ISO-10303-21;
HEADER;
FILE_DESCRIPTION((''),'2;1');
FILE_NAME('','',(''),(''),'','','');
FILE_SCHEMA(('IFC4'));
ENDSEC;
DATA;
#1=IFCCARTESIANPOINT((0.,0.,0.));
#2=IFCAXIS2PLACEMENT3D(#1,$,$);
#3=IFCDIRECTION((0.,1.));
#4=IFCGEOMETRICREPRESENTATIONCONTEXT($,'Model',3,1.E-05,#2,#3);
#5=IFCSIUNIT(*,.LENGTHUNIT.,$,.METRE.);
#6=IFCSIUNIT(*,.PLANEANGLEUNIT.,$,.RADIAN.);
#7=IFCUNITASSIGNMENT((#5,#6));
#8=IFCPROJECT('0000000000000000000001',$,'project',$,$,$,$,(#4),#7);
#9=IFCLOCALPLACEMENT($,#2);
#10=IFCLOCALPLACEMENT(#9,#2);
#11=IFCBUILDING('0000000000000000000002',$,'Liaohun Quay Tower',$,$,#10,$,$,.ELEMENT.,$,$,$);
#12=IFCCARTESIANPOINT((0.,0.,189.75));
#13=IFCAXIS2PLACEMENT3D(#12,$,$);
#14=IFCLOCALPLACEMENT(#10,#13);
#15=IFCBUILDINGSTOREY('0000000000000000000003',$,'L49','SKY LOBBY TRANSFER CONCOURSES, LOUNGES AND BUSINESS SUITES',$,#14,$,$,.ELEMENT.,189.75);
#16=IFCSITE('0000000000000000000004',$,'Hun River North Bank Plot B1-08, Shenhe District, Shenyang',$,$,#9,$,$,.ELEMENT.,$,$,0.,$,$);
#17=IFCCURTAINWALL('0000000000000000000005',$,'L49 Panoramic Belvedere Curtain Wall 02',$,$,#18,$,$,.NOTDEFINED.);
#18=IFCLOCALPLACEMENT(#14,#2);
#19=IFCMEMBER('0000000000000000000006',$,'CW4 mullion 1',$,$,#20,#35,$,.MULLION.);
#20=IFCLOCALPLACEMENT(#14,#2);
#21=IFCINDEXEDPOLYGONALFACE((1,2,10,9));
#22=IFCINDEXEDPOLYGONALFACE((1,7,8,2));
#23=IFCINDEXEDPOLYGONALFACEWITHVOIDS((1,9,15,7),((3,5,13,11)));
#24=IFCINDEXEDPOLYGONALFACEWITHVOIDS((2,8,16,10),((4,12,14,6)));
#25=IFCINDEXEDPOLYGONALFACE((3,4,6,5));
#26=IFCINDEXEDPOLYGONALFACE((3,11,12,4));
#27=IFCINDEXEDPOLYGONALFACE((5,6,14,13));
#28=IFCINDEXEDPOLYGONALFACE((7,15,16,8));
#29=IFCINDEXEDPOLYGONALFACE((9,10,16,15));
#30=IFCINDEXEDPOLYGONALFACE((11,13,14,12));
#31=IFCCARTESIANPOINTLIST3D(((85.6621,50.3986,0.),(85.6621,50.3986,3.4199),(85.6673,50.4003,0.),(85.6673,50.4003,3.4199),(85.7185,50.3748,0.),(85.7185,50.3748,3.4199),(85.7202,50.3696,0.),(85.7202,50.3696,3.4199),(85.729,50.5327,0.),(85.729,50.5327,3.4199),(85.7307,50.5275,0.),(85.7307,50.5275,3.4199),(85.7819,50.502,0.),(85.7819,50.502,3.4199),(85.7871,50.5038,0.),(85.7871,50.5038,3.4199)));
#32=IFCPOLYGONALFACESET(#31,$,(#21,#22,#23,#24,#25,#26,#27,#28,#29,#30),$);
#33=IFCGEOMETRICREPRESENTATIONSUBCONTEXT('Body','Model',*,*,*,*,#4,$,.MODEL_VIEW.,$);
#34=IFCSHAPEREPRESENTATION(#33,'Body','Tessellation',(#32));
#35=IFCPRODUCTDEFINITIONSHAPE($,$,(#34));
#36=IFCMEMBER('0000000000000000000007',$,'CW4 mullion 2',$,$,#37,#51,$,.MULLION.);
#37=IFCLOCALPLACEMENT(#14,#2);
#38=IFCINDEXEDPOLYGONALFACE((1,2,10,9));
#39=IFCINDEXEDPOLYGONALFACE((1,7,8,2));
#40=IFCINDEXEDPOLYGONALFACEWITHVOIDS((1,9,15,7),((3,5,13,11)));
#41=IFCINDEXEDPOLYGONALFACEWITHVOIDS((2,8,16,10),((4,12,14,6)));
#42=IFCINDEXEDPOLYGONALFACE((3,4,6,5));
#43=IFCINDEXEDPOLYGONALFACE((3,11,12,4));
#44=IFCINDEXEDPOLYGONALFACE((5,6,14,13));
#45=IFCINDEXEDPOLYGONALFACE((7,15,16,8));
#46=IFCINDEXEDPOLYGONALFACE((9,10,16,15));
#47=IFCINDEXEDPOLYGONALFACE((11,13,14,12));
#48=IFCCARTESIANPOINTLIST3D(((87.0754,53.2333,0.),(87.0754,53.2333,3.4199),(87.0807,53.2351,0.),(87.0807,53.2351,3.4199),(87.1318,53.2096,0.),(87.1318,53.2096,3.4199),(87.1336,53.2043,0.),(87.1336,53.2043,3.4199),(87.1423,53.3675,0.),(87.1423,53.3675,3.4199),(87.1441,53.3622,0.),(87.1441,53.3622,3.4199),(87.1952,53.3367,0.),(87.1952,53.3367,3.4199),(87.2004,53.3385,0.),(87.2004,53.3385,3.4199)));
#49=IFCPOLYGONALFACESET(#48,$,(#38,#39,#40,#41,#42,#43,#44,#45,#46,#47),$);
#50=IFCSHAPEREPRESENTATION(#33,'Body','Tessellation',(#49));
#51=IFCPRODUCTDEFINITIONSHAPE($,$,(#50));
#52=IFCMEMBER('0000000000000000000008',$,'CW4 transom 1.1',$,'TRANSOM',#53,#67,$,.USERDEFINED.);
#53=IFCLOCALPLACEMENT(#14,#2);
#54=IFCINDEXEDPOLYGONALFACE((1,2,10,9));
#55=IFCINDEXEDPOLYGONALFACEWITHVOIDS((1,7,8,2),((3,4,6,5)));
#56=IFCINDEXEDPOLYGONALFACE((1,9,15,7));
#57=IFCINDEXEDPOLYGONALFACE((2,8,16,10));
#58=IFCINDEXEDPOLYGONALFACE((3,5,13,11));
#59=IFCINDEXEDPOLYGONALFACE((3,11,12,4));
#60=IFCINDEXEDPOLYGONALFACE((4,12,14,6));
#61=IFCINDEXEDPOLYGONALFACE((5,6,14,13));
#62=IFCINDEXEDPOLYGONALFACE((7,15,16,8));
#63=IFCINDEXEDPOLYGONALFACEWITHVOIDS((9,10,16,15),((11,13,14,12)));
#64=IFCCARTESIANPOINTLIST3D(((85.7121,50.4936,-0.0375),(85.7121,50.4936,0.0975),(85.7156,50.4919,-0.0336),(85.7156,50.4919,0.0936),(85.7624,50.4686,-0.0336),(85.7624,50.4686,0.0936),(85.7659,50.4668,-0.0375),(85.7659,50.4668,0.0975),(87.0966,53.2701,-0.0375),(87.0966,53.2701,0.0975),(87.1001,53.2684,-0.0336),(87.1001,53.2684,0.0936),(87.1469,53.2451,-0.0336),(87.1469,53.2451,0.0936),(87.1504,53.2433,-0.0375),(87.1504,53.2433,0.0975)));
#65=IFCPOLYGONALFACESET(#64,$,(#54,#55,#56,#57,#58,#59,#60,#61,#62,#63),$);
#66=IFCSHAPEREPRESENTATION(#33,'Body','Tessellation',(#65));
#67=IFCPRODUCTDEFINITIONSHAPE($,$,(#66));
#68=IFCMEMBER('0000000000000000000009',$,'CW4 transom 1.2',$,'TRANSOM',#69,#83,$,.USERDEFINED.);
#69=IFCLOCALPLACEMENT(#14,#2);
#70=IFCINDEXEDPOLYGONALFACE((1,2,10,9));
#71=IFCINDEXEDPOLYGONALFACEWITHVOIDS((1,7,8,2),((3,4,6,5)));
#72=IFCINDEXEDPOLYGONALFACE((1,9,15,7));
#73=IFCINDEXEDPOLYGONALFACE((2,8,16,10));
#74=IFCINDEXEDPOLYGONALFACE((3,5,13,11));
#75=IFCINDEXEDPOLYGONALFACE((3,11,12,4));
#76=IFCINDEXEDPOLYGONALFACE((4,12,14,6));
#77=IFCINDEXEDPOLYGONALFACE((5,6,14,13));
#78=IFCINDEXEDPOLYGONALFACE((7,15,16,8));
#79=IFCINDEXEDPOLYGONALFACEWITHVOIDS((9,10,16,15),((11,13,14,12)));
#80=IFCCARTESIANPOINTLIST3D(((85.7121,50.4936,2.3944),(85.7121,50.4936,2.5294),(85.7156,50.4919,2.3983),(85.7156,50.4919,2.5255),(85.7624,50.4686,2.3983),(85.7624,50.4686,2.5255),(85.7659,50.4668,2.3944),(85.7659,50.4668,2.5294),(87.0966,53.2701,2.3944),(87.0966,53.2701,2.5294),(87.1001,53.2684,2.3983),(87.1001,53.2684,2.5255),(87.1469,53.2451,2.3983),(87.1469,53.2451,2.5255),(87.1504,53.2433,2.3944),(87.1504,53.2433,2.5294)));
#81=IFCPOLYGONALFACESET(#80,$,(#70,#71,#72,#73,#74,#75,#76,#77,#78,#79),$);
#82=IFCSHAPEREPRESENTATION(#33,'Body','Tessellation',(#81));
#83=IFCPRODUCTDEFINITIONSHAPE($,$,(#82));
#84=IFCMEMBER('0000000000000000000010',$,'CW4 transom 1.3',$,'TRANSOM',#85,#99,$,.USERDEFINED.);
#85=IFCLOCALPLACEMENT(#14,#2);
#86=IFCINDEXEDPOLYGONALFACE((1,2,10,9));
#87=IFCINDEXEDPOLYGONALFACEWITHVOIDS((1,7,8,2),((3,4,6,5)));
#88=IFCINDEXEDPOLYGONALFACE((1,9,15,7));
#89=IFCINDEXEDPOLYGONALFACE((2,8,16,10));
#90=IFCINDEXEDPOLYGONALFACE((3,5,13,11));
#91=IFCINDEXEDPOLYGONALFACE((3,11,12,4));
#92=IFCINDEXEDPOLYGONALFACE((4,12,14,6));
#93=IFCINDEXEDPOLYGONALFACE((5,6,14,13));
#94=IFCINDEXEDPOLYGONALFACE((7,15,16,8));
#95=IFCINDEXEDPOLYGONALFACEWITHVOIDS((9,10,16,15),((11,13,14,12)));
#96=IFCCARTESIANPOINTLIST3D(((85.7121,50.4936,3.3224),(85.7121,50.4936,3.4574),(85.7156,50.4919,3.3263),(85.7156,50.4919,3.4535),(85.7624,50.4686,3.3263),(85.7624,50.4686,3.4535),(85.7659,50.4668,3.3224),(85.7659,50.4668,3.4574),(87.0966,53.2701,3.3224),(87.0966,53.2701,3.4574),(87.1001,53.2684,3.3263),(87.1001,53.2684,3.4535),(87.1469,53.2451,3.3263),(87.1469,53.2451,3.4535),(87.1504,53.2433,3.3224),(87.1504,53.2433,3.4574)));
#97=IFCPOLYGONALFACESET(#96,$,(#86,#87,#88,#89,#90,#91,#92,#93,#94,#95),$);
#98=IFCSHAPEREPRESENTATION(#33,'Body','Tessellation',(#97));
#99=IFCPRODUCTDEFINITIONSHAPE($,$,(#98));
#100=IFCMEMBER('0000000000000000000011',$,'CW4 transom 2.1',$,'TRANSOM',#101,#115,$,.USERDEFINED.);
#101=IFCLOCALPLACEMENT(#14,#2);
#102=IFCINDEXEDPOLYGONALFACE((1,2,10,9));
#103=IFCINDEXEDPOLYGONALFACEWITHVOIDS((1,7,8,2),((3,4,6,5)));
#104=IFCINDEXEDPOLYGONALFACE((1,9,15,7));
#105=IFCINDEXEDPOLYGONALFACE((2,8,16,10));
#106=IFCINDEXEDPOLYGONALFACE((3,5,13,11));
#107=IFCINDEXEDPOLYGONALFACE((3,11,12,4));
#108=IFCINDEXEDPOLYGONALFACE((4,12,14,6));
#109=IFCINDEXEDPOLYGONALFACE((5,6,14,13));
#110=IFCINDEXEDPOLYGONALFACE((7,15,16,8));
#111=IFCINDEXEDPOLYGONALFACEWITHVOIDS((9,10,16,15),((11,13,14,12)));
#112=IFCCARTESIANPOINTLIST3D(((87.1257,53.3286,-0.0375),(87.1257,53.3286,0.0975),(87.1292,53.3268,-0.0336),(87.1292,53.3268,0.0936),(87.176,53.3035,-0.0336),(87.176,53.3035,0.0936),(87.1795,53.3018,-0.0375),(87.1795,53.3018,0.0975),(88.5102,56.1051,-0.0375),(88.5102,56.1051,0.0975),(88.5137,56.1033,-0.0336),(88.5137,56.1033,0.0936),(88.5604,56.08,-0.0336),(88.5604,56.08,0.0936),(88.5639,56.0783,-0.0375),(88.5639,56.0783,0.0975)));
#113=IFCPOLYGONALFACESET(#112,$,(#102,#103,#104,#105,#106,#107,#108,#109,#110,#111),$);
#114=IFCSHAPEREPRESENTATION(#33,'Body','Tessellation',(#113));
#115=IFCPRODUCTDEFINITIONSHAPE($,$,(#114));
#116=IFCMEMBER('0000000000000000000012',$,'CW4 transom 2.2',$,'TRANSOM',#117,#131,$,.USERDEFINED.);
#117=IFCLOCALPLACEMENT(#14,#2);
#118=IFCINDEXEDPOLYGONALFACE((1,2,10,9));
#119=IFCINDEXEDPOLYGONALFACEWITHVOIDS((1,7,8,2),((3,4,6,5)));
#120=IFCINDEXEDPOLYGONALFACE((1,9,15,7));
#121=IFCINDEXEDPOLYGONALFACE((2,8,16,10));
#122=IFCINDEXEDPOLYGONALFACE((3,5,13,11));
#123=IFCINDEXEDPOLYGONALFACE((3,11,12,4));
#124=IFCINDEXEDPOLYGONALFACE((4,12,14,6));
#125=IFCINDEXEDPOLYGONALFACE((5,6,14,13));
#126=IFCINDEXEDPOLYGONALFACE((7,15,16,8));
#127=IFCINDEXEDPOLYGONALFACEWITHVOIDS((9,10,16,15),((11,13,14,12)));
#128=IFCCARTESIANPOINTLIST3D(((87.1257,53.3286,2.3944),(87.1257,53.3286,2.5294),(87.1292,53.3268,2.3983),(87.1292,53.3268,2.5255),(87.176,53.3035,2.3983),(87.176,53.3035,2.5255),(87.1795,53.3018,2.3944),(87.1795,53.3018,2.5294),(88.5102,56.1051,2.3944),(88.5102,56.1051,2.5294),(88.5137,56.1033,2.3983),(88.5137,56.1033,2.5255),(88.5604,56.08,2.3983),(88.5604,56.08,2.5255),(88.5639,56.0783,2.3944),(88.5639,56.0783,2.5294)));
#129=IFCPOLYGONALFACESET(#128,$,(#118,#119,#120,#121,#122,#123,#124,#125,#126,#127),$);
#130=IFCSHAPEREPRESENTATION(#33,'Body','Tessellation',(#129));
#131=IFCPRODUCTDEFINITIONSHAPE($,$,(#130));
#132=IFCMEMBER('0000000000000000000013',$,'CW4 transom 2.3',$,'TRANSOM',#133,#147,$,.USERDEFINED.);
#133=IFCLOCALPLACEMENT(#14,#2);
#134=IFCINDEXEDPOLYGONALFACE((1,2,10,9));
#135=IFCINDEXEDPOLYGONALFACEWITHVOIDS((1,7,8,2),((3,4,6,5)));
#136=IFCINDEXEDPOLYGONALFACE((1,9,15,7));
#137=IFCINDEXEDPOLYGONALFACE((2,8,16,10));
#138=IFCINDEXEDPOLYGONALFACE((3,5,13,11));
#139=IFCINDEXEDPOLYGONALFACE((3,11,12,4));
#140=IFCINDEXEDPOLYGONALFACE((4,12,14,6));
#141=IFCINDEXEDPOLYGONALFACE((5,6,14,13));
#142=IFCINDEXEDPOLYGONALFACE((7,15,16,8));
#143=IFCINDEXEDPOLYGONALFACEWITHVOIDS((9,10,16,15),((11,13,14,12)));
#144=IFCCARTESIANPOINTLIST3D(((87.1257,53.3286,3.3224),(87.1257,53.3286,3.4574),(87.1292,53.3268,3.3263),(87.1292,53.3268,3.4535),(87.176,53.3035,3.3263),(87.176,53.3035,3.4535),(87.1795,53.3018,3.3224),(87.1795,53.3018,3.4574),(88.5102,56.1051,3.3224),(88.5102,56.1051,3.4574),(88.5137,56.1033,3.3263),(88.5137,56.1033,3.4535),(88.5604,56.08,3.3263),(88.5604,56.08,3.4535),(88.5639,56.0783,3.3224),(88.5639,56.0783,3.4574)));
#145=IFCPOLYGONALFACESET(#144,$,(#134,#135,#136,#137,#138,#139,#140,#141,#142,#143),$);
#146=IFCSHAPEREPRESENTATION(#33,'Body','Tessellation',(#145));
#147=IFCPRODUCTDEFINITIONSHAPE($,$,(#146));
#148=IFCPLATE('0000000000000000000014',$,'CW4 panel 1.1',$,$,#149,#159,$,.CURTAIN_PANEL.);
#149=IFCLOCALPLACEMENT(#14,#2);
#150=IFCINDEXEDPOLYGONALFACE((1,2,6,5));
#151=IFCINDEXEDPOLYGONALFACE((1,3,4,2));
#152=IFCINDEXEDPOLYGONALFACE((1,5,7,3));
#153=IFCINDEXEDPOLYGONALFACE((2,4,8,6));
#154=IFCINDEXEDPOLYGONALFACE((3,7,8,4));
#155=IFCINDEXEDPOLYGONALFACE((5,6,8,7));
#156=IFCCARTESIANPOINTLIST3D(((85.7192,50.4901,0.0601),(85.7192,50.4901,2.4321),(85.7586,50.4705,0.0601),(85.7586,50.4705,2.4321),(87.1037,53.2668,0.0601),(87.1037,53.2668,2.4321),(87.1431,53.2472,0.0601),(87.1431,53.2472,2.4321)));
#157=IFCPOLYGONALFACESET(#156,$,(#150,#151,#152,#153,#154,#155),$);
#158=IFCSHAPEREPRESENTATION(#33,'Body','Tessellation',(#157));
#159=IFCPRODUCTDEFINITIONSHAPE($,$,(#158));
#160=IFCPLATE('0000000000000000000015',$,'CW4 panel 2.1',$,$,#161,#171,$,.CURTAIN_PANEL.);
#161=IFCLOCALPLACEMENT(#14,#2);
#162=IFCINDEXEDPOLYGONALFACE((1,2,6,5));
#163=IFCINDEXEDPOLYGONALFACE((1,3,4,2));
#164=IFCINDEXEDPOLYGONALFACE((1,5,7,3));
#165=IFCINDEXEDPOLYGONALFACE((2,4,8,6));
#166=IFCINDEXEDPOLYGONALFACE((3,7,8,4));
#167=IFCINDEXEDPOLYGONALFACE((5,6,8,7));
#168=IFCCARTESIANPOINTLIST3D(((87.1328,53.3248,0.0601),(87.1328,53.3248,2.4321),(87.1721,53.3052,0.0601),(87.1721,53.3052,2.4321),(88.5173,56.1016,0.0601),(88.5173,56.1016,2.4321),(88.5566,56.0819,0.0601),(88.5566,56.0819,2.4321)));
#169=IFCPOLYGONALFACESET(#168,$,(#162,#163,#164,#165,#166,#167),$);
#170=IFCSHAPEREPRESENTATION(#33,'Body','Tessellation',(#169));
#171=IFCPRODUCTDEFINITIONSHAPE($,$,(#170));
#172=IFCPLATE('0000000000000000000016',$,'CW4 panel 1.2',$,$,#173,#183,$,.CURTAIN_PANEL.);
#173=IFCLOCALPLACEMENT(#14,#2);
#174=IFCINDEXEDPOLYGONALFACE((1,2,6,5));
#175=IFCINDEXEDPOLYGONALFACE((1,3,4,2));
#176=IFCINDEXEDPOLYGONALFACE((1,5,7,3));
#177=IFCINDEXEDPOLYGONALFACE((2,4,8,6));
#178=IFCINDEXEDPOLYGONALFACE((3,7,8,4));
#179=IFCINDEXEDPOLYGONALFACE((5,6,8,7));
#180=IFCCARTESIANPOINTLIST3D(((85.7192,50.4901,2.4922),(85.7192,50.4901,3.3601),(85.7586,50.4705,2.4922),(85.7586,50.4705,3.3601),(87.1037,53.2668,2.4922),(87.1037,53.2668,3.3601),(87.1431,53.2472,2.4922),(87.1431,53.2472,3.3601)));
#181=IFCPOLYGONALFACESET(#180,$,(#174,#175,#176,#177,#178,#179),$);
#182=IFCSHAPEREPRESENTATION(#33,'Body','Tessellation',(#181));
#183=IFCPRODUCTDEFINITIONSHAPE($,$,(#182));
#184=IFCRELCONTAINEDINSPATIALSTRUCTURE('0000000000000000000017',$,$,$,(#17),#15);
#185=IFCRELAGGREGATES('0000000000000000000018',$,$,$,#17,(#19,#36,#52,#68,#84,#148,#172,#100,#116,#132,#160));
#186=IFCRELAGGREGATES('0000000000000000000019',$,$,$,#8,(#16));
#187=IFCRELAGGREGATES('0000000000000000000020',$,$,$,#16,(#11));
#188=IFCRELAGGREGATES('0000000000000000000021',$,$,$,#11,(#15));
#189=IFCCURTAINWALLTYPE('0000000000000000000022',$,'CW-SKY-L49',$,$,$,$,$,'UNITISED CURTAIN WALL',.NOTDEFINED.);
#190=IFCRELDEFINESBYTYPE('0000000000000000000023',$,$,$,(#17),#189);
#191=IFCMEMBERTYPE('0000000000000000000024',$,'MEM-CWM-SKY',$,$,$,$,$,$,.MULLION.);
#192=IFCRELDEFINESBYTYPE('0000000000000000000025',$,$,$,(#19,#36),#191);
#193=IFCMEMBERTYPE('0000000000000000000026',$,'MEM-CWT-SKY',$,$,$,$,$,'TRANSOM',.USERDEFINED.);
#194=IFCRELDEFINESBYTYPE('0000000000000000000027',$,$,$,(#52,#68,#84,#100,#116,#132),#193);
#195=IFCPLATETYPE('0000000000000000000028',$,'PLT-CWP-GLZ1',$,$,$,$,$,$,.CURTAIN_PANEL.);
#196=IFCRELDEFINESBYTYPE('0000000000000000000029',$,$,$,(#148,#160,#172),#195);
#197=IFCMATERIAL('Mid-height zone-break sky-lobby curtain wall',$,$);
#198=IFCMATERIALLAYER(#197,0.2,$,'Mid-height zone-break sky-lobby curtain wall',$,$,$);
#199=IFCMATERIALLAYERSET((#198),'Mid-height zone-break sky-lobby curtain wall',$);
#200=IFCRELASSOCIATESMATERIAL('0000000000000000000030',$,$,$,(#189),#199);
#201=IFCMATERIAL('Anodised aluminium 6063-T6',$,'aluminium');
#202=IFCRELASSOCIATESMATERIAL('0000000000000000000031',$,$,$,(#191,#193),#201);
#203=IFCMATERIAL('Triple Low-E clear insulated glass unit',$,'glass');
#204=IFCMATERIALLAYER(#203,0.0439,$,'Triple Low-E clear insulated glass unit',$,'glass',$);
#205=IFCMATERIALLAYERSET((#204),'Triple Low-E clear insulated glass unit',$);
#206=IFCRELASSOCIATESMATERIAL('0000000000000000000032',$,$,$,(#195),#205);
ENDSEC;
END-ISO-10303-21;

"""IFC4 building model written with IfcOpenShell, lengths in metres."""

from ifc_helpers import new_model, si_unit, direction, frame, origin, origin_2d, place, context, subcontext, project, spatial, rectangle, hollow_rectangle, extrude, source, transform, mapped, material, layer, layer_set, material_profile, profile_set, type_object, element, aggregate, save


model = new_model("IFC4")

# Units and contexts
model_context = context("Model", 3, precision=1e-05, world=origin(), true_north=direction((0.0, 1.0)))
body_context = subcontext(model_context, "Body", "Model", "MODEL_VIEW")
ifc_project = project(units=[si_unit("LENGTHUNIT", "METRE"), si_unit("PLANEANGLEUNIT", "RADIAN")], contexts=[model_context])

# Site, building, storey
site_placement = place(None, origin())
site = spatial("IfcSite", under=ifc_project, at=site_placement, Name="Hun River North Bank Plot B1-08, Shenhe District, Shenyang", CompositionType="ELEMENT", RefElevation=0.0)
building_placement = place(site_placement, origin())
building = spatial("IfcBuilding", under=site, at=building_placement, Name="Liaohun Quay Tower", CompositionType="ELEMENT")
storey_placement = place(building_placement, frame((0.0, 0.0, 189.75)))
storey = spatial("IfcBuildingStorey", under=building, at=storey_placement, Name="L49", Description="SKY LOBBY TRANSFER CONCOURSES, LOUNGES AND BUSINESS SUITES", CompositionType="ELEMENT", Elevation=189.75)

# Curtain wall, members, plates
ifc_material_1 = material(Name="Mid-height zone-break sky-lobby curtain wall")
ifc_layer_1 = layer(ifc_material_1, 0.2, Name="Mid-height zone-break sky-lobby curtain wall")
ifc_layer_set_1 = layer_set([ifc_layer_1], Name="Mid-height zone-break sky-lobby curtain wall")
curtain_wall_type = type_object("IfcCurtainWallType", Name="CW-SKY-L49", ElementType="UNITISED CURTAIN WALL", PredefinedType="NOTDEFINED", material=ifc_layer_set_1)
curtain_wall_placement = place(storey_placement, origin())
curtain_wall = element("IfcCurtainWall", 1, at=curtain_wall_placement, inside=storey, type_object=curtain_wall_type, Name="L49 Panoramic Belvedere Curtain Wall 02", PredefinedType="NOTDEFINED")
ifc_material_2 = material(Name="Anodised aluminium 6063-T6", Category="aluminium")
ifc_material_profile_1 = material_profile(ifc_material_2, hollow_rectangle(XDim=0.0649, YDim=0.1499, WallThickness=0.0039, at=origin_2d()), Name="RHS150x65x4")
ifc_profile_set_1 = profile_set([ifc_material_profile_1], Name="Anodised aluminium 6063-T6")
member_type_1 = type_object("IfcMemberType", Name="MEM-CWM-SKY", PredefinedType="MULLION", material=ifc_profile_set_1)
shared_shape_1 = source(origin(), body_context, "Body", "SweptSolid", [
    extrude(hollow_rectangle(XDim=0.0649, YDim=0.1499, WallThickness=0.0039, at=origin_2d()), origin(), (0.0, 0.0, 1.0), 3.4199),
])
member_1_placement = place(storey_placement, frame((85.7246, 50.4512, 0.0), z_axis=(0.0, 0.0, 1.0), x_axis=(-0.894927, 0.446213, 0.0)))
member_1 = element("IfcMember", 2, at=member_1_placement, type_object=member_type_1, Name="CW4 mullion 1", PredefinedType="MULLION", context=body_context, shape_type="MappedRepresentation", body=[
    mapped(shared_shape_1, transform((0.0, 0.0, 0.0), x_axis=(1.0, 0.0, 0.0), y_axis=(0.0, 1.0, 0.0), z_axis=(0.0, 0.0, 1.0), scale=1.0)),
])
member_2_placement = place(storey_placement, frame((87.1379, 53.2859, 0.0), z_axis=(0.0, 0.0, 1.0), x_axis=(-0.894927, 0.446213, 0.0)))
member_2 = element("IfcMember", 3, at=member_2_placement, type_object=member_type_1, Name="CW4 mullion 2", PredefinedType="MULLION", context=body_context, shape_type="MappedRepresentation", body=[
    mapped(shared_shape_1, transform((0.0, 0.0, 0.0), x_axis=(1.0, 0.0, 0.0), y_axis=(0.0, 1.0, 0.0), z_axis=(0.0, 0.0, 1.0), scale=1.0)),
])
ifc_material_profile_2 = material_profile(ifc_material_2, hollow_rectangle(XDim=0.0601, YDim=0.135, WallThickness=0.0039, at=origin_2d()), Name="RHS135x60x4")
ifc_profile_set_2 = profile_set([ifc_material_profile_2], Name="Anodised aluminium 6063-T6")
member_type_2 = type_object("IfcMemberType", Name="MEM-CWT-SKY", ElementType="TRANSOM", PredefinedType="USERDEFINED", material=ifc_profile_set_2)
shared_shape_2 = source(origin(), body_context, "Body", "SweptSolid", [
    extrude(hollow_rectangle(XDim=0.0601, YDim=0.135, WallThickness=0.0039, at=origin_2d()), origin(), (0.0, 0.0, 1.0), 3.1025),
])
member_3_placement = place(storey_placement, frame((85.739, 50.4802, 0.03), z_axis=(0.446238, 0.894915, 0.0), x_axis=(-0.894915, 0.446238, 0.0)))
member_3 = element("IfcMember", 4, at=member_3_placement, type_object=member_type_2, Name="CW4 transom 1.1", ObjectType="TRANSOM", PredefinedType="USERDEFINED", context=body_context, shape_type="MappedRepresentation", body=[
    mapped(shared_shape_2, transform((0.0, 0.0, 0.0), x_axis=(1.0, 0.0, 0.0), y_axis=(0.0, 1.0, 0.0), z_axis=(0.0, 0.0, 1.0), scale=1.0)),
])
member_4_placement = place(storey_placement, frame((85.739, 50.4802, 2.4619), z_axis=(0.446238, 0.894915, 0.0), x_axis=(-0.894915, 0.446238, 0.0)))
member_4 = element("IfcMember", 5, at=member_4_placement, type_object=member_type_2, Name="CW4 transom 1.2", ObjectType="TRANSOM", PredefinedType="USERDEFINED", context=body_context, shape_type="MappedRepresentation", body=[
    mapped(shared_shape_2, transform((0.0, 0.0, 0.0), x_axis=(1.0, 0.0, 0.0), y_axis=(0.0, 1.0, 0.0), z_axis=(0.0, 0.0, 1.0), scale=1.0)),
])
member_5_placement = place(storey_placement, frame((85.739, 50.4802, 3.3899), z_axis=(0.446238, 0.894915, 0.0), x_axis=(-0.894915, 0.446238, 0.0)))
member_5 = element("IfcMember", 6, at=member_5_placement, type_object=member_type_2, Name="CW4 transom 1.3", ObjectType="TRANSOM", PredefinedType="USERDEFINED", context=body_context, shape_type="MappedRepresentation", body=[
    mapped(shared_shape_2, transform((0.0, 0.0, 0.0), x_axis=(1.0, 0.0, 0.0), y_axis=(0.0, 1.0, 0.0), z_axis=(0.0, 0.0, 1.0), scale=1.0)),
])
member_6_placement = place(storey_placement, frame((87.1526, 53.3152, 0.03), z_axis=(0.446238, 0.894915, 0.0), x_axis=(-0.894915, 0.446238, 0.0)))
member_6 = element("IfcMember", 7, at=member_6_placement, type_object=member_type_2, Name="CW4 transom 2.1", ObjectType="TRANSOM", PredefinedType="USERDEFINED", context=body_context, shape_type="MappedRepresentation", body=[
    mapped(shared_shape_2, transform((0.0, 0.0, 0.0), x_axis=(1.0, 0.0, 0.0), y_axis=(0.0, 1.0, 0.0), z_axis=(0.0, 0.0, 1.0), scale=1.0)),
])
member_7_placement = place(storey_placement, frame((87.1526, 53.3152, 2.4619), z_axis=(0.446238, 0.894915, 0.0), x_axis=(-0.894915, 0.446238, 0.0)))
member_7 = element("IfcMember", 8, at=member_7_placement, type_object=member_type_2, Name="CW4 transom 2.2", ObjectType="TRANSOM", PredefinedType="USERDEFINED", context=body_context, shape_type="MappedRepresentation", body=[
    mapped(shared_shape_2, transform((0.0, 0.0, 0.0), x_axis=(1.0, 0.0, 0.0), y_axis=(0.0, 1.0, 0.0), z_axis=(0.0, 0.0, 1.0), scale=1.0)),
])
member_8_placement = place(storey_placement, frame((87.1526, 53.3152, 3.3899), z_axis=(0.446238, 0.894915, 0.0), x_axis=(-0.894915, 0.446238, 0.0)))
member_8 = element("IfcMember", 9, at=member_8_placement, type_object=member_type_2, Name="CW4 transom 2.3", ObjectType="TRANSOM", PredefinedType="USERDEFINED", context=body_context, shape_type="MappedRepresentation", body=[
    mapped(shared_shape_2, transform((0.0, 0.0, 0.0), x_axis=(1.0, 0.0, 0.0), y_axis=(0.0, 1.0, 0.0), z_axis=(0.0, 0.0, 1.0), scale=1.0)),
])
ifc_material_3 = material(Name="Triple Low-E clear insulated glass unit", Category="glass")
ifc_layer_2 = layer(ifc_material_3, 0.0439, Name="Triple Low-E clear insulated glass unit", Category="glass")
ifc_layer_set_2 = layer_set([ifc_layer_2], Name="Triple Low-E clear insulated glass unit")
plate_type = type_object("IfcPlateType", Name="PLT-CWP-GLZ1", PredefinedType="CURTAIN_PANEL", material=ifc_layer_set_2)
shared_shape_3 = source(origin(), body_context, "Body", "SweptSolid", [
    extrude(rectangle(XDim=3.1028, YDim=0.0439, at=origin_2d()), origin(), (0.0, 0.0, 1.0), 2.3721),
])
plate_1_placement = place(storey_placement, frame((86.4312, 51.8687, 0.0601), z_axis=(0.0, 0.0, 1.0), x_axis=(0.446213, 0.894927, 0.0)))
plate_1 = element("IfcPlate", 10, at=plate_1_placement, type_object=plate_type, Name="CW4 panel 1.1", PredefinedType="CURTAIN_PANEL", context=body_context, shape_type="MappedRepresentation", body=[
    mapped(shared_shape_3, transform((0.0, 0.0, 0.0), x_axis=(1.0, 0.0, 0.0), y_axis=(0.0, 1.0, 0.0), z_axis=(0.0, 0.0, 1.0), scale=1.0)),
])
plate_2_placement = place(storey_placement, frame((87.8447, 54.7034, 0.0601), z_axis=(0.0, 0.0, 1.0), x_axis=(0.446213, 0.894927, 0.0)))
plate_2 = element("IfcPlate", 11, at=plate_2_placement, type_object=plate_type, Name="CW4 panel 2.1", PredefinedType="CURTAIN_PANEL", context=body_context, shape_type="MappedRepresentation", body=[
    mapped(shared_shape_3, transform((0.0, 0.0, 0.0), x_axis=(1.0, 0.0, 0.0), y_axis=(0.0, 1.0, 0.0), z_axis=(0.0, 0.0, 1.0), scale=1.0)),
])
shared_shape_4 = source(origin(), body_context, "Body", "SweptSolid", [
    extrude(rectangle(XDim=3.1028, YDim=0.0439, at=origin_2d()), origin(), (0.0, 0.0, 1.0), 0.8679),
])
plate_3_placement = place(storey_placement, frame((86.4312, 51.8687, 2.4922), z_axis=(0.0, 0.0, 1.0), x_axis=(0.446213, 0.894927, 0.0)))
plate_3 = element("IfcPlate", 12, at=plate_3_placement, type_object=plate_type, Name="CW4 panel 1.2", PredefinedType="CURTAIN_PANEL", context=body_context, shape_type="MappedRepresentation", body=[
    mapped(shared_shape_4, transform((0.0, 0.0, 0.0), x_axis=(1.0, 0.0, 0.0), y_axis=(0.0, 1.0, 0.0), z_axis=(0.0, 0.0, 1.0), scale=1.0)),
])
aggregate(curtain_wall, [member_1, member_2, member_3, member_4, member_5, plate_1, plate_3, member_6, member_7, member_8, plate_2])

save(model, "model.ifc")
